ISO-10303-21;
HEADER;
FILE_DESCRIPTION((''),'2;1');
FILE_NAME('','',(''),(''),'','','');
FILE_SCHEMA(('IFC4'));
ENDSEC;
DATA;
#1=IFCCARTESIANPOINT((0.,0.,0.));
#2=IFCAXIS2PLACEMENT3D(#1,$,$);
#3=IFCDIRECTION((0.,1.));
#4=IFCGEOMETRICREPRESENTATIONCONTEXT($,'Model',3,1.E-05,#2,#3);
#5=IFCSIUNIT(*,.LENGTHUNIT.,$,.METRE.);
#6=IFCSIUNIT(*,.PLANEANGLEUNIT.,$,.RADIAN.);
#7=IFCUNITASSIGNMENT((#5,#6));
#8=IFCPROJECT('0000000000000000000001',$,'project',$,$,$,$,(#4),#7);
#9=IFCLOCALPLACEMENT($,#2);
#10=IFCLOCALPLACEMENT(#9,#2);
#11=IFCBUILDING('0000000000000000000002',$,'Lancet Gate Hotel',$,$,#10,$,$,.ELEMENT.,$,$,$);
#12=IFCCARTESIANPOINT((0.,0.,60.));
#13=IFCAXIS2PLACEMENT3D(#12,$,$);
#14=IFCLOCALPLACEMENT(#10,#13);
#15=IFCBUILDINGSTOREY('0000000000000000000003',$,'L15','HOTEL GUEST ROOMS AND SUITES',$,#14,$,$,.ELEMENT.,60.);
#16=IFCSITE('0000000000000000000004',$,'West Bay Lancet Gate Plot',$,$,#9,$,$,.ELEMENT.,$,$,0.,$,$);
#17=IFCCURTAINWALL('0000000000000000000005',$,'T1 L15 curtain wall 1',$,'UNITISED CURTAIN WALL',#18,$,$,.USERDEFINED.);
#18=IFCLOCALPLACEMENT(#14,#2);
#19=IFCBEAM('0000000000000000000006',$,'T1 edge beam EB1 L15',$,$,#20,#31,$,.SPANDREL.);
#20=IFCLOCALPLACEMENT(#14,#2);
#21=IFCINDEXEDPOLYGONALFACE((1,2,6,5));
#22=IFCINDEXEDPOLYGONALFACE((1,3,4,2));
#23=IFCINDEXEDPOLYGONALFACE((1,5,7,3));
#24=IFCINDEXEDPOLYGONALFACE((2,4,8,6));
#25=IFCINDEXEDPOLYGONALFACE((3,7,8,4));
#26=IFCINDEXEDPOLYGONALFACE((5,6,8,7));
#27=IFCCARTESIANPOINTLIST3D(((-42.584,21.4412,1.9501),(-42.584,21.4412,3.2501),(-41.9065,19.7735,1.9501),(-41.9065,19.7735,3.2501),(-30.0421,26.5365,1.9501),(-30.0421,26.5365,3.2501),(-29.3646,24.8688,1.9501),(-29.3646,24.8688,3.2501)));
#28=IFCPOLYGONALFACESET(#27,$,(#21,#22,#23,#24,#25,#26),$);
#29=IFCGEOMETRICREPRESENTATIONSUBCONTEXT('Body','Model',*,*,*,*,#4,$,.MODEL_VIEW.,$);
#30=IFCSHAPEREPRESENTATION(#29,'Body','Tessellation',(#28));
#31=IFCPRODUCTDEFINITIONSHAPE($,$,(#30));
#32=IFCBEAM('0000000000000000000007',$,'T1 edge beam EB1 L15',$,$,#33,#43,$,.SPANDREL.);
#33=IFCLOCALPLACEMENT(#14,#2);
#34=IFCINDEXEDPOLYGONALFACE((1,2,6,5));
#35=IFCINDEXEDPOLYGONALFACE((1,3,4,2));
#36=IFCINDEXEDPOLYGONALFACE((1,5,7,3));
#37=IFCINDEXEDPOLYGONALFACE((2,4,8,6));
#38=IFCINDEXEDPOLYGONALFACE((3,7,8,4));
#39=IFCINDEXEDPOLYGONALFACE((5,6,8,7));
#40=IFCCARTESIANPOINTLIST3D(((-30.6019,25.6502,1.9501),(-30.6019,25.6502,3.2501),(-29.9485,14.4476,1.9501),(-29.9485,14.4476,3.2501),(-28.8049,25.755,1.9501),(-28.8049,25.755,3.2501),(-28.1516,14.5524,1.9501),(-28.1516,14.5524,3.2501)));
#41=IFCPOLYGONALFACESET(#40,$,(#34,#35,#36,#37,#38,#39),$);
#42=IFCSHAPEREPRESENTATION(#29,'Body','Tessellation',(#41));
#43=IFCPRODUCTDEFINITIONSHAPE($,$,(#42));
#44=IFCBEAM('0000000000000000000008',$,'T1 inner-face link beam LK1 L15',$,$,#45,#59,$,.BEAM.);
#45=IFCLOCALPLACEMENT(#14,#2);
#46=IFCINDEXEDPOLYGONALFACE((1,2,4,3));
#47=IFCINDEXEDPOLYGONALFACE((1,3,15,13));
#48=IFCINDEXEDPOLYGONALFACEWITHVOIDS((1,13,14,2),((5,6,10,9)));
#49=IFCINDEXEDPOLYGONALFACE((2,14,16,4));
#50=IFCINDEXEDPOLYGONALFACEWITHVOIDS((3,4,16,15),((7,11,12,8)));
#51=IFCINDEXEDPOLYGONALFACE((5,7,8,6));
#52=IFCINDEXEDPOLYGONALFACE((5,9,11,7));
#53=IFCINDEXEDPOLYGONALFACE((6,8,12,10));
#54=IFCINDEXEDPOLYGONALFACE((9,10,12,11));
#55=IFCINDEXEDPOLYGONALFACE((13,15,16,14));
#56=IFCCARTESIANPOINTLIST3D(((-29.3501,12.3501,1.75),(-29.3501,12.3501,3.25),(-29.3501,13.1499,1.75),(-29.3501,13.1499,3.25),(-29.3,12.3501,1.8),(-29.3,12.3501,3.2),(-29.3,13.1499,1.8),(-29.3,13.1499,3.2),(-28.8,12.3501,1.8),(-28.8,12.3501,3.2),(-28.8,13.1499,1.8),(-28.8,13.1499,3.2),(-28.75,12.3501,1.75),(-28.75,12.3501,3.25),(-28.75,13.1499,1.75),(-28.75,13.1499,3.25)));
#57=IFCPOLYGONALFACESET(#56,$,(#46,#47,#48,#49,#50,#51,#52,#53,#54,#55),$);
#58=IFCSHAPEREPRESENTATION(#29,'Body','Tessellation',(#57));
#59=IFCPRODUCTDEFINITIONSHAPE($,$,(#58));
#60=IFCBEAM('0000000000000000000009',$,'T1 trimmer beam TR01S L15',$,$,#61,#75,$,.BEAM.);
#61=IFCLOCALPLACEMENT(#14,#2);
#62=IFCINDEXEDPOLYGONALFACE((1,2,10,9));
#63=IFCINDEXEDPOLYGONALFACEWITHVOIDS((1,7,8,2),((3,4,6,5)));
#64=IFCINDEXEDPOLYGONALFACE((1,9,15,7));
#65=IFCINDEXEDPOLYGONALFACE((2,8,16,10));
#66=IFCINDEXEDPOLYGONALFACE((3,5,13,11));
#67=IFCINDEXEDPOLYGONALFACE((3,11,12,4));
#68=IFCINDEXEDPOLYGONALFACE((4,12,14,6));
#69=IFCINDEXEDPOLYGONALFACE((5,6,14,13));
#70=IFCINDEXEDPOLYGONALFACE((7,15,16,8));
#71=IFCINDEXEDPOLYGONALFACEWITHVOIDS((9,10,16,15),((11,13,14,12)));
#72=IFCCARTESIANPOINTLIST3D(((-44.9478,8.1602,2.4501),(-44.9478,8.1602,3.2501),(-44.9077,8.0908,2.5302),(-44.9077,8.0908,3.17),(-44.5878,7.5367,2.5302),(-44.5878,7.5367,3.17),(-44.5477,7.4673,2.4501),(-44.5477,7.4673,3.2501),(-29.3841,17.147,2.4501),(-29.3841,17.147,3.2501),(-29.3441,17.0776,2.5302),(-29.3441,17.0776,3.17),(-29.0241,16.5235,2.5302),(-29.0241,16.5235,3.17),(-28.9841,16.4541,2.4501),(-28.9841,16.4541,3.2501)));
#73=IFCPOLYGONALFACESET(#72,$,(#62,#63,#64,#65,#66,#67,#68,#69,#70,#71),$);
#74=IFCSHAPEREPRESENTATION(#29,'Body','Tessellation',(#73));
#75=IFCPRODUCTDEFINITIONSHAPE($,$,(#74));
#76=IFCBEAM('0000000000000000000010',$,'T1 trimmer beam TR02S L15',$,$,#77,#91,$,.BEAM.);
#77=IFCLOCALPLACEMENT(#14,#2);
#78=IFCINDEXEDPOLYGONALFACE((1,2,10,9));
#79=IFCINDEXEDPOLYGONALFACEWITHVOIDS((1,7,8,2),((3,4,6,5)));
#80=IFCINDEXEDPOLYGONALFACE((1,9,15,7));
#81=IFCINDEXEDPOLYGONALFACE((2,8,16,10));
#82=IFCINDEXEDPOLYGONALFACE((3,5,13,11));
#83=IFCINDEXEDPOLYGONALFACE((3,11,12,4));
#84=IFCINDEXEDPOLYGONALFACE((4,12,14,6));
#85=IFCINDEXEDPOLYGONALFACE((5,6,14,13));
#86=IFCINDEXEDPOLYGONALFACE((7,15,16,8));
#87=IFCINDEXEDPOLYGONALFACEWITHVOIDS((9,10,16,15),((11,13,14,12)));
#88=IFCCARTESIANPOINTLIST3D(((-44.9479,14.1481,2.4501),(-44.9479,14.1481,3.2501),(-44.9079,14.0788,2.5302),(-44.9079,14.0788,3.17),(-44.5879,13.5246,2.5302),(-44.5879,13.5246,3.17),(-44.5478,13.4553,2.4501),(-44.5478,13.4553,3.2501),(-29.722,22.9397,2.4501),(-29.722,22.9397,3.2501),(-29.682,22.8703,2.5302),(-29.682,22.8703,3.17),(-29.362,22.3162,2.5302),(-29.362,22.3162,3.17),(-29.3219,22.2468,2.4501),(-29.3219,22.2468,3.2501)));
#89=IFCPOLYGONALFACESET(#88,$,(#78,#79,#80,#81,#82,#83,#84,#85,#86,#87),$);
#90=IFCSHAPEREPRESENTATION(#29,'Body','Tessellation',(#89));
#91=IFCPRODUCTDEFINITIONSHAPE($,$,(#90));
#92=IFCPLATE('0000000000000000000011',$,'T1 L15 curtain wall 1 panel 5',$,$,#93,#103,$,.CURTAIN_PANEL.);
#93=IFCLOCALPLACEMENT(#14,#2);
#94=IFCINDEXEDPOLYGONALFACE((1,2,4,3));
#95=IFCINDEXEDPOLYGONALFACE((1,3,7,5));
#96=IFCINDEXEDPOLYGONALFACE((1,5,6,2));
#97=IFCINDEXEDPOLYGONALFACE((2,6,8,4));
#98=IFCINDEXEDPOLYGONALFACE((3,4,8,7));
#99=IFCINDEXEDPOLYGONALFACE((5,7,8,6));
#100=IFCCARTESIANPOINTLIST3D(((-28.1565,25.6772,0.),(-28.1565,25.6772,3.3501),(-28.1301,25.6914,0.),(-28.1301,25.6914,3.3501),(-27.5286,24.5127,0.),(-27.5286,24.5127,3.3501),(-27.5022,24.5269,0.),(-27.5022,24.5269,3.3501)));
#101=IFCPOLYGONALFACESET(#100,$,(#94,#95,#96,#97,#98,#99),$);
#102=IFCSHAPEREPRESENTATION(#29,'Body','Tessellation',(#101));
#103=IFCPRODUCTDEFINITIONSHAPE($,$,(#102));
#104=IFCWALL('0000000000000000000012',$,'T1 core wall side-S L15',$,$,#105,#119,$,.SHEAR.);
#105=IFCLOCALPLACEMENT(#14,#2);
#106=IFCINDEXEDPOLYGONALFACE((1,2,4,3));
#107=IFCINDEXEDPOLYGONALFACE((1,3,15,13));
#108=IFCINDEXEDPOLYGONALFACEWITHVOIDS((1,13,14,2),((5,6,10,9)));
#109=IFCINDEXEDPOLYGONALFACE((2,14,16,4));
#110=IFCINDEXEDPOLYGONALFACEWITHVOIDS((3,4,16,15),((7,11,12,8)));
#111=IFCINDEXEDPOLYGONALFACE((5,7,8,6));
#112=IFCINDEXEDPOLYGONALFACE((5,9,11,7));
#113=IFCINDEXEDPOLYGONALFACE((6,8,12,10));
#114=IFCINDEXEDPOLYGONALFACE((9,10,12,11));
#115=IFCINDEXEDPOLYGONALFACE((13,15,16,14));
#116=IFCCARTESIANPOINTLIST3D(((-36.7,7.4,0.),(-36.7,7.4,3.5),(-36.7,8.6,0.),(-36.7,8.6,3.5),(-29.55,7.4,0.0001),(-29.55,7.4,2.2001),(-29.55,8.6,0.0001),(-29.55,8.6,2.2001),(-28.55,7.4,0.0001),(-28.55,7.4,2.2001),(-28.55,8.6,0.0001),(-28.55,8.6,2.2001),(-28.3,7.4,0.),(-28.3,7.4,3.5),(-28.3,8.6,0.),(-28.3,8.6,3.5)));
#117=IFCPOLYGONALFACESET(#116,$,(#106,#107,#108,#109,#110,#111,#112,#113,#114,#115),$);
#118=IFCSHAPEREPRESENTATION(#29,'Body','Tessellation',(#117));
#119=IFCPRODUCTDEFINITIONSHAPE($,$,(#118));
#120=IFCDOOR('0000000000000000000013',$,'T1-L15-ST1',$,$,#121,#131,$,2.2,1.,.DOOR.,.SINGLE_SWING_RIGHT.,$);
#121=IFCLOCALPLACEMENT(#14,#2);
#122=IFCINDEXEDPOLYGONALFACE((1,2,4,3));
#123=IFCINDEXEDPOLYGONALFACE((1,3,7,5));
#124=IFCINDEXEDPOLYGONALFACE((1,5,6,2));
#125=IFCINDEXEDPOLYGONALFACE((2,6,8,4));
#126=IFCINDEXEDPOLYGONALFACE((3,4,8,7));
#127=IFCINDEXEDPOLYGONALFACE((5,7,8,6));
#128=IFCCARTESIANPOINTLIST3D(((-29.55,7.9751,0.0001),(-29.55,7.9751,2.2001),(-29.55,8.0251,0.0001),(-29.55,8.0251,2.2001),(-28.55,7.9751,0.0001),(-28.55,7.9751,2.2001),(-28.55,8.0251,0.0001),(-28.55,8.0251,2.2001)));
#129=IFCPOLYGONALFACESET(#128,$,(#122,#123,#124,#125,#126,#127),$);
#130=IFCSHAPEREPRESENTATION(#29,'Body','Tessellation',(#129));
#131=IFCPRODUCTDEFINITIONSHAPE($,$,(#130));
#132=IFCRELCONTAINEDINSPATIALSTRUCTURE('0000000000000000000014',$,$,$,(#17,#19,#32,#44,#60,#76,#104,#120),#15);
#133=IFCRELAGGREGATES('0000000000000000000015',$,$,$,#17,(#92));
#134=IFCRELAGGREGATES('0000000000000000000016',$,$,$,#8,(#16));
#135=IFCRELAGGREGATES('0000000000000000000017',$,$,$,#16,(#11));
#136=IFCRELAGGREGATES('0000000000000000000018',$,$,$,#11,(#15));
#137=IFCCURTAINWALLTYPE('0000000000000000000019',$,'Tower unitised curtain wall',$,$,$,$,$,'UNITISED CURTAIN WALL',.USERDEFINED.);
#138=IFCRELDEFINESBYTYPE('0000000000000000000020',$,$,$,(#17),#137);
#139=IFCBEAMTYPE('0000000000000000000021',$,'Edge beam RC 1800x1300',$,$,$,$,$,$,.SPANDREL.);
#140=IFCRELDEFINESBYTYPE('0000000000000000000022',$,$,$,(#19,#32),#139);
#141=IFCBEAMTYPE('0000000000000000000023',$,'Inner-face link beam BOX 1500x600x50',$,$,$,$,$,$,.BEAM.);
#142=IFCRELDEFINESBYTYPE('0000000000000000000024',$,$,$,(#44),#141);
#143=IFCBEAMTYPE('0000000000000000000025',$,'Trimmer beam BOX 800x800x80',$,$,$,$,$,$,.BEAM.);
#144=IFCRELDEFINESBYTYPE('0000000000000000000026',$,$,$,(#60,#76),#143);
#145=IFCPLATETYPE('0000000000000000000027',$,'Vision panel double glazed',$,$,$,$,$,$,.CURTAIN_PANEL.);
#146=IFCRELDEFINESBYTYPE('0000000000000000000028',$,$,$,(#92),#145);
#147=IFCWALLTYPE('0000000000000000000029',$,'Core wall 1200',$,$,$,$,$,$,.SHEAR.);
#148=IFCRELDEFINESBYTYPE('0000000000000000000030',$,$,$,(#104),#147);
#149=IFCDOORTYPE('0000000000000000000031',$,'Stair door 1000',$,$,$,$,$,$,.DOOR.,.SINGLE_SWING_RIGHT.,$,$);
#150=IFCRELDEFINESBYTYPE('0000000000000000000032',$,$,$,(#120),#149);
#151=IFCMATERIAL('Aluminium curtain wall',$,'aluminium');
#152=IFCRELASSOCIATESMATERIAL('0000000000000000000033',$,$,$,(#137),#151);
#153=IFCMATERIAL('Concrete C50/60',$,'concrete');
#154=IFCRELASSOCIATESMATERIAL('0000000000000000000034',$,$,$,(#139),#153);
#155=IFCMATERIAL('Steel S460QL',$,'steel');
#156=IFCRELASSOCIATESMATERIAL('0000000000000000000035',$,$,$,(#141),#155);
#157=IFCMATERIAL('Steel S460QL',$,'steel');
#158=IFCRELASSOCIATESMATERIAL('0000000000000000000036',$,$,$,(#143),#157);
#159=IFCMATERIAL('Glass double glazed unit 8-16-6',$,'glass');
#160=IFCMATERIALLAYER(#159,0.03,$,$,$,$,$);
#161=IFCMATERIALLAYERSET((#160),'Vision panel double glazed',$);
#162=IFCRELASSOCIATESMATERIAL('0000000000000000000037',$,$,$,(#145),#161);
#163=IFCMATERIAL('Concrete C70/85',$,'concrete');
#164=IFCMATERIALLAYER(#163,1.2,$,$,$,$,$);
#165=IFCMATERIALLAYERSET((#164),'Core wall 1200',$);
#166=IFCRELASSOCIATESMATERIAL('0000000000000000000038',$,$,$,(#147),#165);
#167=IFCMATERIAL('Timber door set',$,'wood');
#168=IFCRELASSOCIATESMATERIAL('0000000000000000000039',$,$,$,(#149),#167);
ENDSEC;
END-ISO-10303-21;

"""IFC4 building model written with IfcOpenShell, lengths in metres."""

from ifc_helpers import new_model, si_unit, direction, frame, frame_2d, origin, origin_2d, place, context, subcontext, project, spatial, rectangle, hollow_rectangle, extrude, material, layer, layer_set, material_profile, profile_set, type_object, element, fill, aggregate, save


model = new_model("IFC4")

# Units and contexts
model_context = context("Model", 3, precision=1e-05, world=origin(), true_north=direction((0.0, 1.0)))
body_context = subcontext(model_context, "Body", "Model", "MODEL_VIEW")
ifc_project = project(units=[si_unit("LENGTHUNIT", "METRE"), si_unit("PLANEANGLEUNIT", "RADIAN")], contexts=[model_context])

# Site, building, storey
site_placement = place(None, origin())
site = spatial("IfcSite", under=ifc_project, at=site_placement, Name="West Bay Lancet Gate Plot", CompositionType="ELEMENT", RefElevation=0.0)
building_placement = place(site_placement, origin())
building = spatial("IfcBuilding", under=site, at=building_placement, Name="Lancet Gate Hotel", CompositionType="ELEMENT")
storey_placement = place(building_placement, frame((0.0, 0.0, 60.0)))
storey = spatial("IfcBuildingStorey", under=building, at=storey_placement, Name="L15", Description="HOTEL GUEST ROOMS AND SUITES", CompositionType="ELEMENT", Elevation=60.0)

# Curtain wall
ifc_material_1 = material(Name="Aluminium curtain wall", Category="aluminium")
curtain_wall_type = type_object("IfcCurtainWallType", Name="Tower unitised curtain wall", ElementType="UNITISED CURTAIN WALL", PredefinedType="USERDEFINED", material=ifc_material_1)
curtain_wall_placement = place(storey_placement, origin())
curtain_wall = element("IfcCurtainWall", 1, at=curtain_wall_placement, inside=storey, type_object=curtain_wall_type, Name="T1 L15 curtain wall 1", ObjectType="UNITISED CURTAIN WALL", PredefinedType="USERDEFINED")

# Beams
ifc_material_2 = material(Name="Concrete C50/60", Category="concrete")
ifc_material_profile_1 = material_profile(ifc_material_2, rectangle(XDim=1.8, YDim=1.3, at=origin_2d()), Name="RC 1800x1300")
ifc_profile_set_1 = profile_set([ifc_material_profile_1], Name="Concrete C50/60")
beam_type_1 = type_object("IfcBeamType", Name="Edge beam RC 1800x1300", PredefinedType="SPANDREL", material=ifc_profile_set_1)
beam_1_placement = place(storey_placement, frame((-29.7034, 25.7026, 2.6001), z_axis=(-0.926463, -0.376385, 0.0), x_axis=(0.376385, -0.926463, 0.0)))
element("IfcBeam", 2, at=beam_1_placement, inside=storey, type_object=beam_type_1, Name="T1 edge beam EB1 L15", PredefinedType="SPANDREL", context=body_context, shape_type="SweptSolid", body=[
    extrude(rectangle(XDim=1.8, YDim=1.3, at=origin_2d()), origin(), (0.0, 0.0, 1.0), 13.5374),
])
beam_2_placement = place(storey_placement, frame((-29.7034, 25.7026, 2.6001), z_axis=(0.05822, -0.998304, 0.0), x_axis=(0.998304, 0.05822, 0.0)))
element("IfcBeam", 3, at=beam_2_placement, inside=storey, type_object=beam_type_1, Name="T1 edge beam EB1 L15", PredefinedType="SPANDREL", context=body_context, shape_type="SweptSolid", body=[
    extrude(rectangle(XDim=1.8, YDim=1.3, at=origin_2d()), origin(), (0.0, 0.0, 1.0), 11.2217),
])
ifc_material_3 = material(Name="Steel S460QL", Category="steel")
ifc_material_profile_2 = material_profile(ifc_material_3, hollow_rectangle(XDim=0.6001, YDim=1.5, WallThickness=0.05, at=origin_2d()), Name="BOX 1500x600x50")
ifc_profile_set_2 = profile_set([ifc_material_profile_2], Name="Steel S460QL")
beam_type_2 = type_object("IfcBeamType", Name="Inner-face link beam BOX 1500x600x50", PredefinedType="BEAM", material=ifc_profile_set_2)
beam_3_placement = place(storey_placement, frame((-29.05, 13.1499, 2.5), z_axis=(0.0, -1.0, 0.0), x_axis=(1.0, 0.0, 0.0)))
element("IfcBeam", 4, at=beam_3_placement, inside=storey, type_object=beam_type_2, Name="T1 inner-face link beam LK1 L15", PredefinedType="BEAM", context=body_context, shape_type="SweptSolid", body=[
    extrude(hollow_rectangle(XDim=0.6001, YDim=1.5, WallThickness=0.05, at=origin_2d()), origin(), (0.0, 0.0, 1.0), 0.7998),
])
ifc_material_4 = material(Name="Steel S460QL", Category="steel")
ifc_material_profile_3 = material_profile(ifc_material_4, hollow_rectangle(XDim=0.8, YDim=0.8, WallThickness=0.0801, at=origin_2d()), Name="BOX 800x800x80")
ifc_profile_set_3 = profile_set([ifc_material_profile_3], Name="Steel S460QL")
beam_type_3 = type_object("IfcBeamType", Name="Trimmer beam BOX 800x800x80", PredefinedType="BEAM", material=ifc_profile_set_3)
beam_4_placement = place(storey_placement, frame((-29.1841, 16.8005, 2.8501), z_axis=(-0.865999, -0.500046, 0.0), x_axis=(0.500046, -0.865999, 0.0)))
element("IfcBeam", 5, at=beam_4_placement, inside=storey, type_object=beam_type_3, Name="T1 trimmer beam TR01S L15", PredefinedType="BEAM", context=body_context, shape_type="SweptSolid", body=[
    extrude(hollow_rectangle(XDim=0.8, YDim=0.8, WallThickness=0.0801, at=origin_2d()), origin(), (0.0, 0.0, 1.0), 17.9719),
])
beam_5_placement = place(storey_placement, frame((-29.522, 22.5933, 2.8501), z_axis=(-0.866004, -0.500037, 0.0), x_axis=(0.500037, -0.866004, 0.0)))
element("IfcBeam", 6, at=beam_5_placement, inside=storey, type_object=beam_type_3, Name="T1 trimmer beam TR02S L15", PredefinedType="BEAM", context=body_context, shape_type="SweptSolid", body=[
    extrude(hollow_rectangle(XDim=0.8, YDim=0.8, WallThickness=0.0801, at=origin_2d()), origin(), (0.0, 0.0, 1.0), 17.5818),
])

# Plate
ifc_material_5 = material(Name="Glass double glazed unit 8-16-6", Category="glass")
ifc_layer_1 = layer(ifc_material_5, 0.03)
ifc_layer_set_1 = layer_set([ifc_layer_1], Name="Vision panel double glazed")
plate_type = type_object("IfcPlateType", Name="Vision panel double glazed", PredefinedType="CURTAIN_PANEL", material=ifc_layer_set_1)
plate_placement = place(storey_placement, frame((-27.8293, 25.1021, 0.0), z_axis=(0.0, 0.0, 1.0), x_axis=(-0.474631, 0.880185, 0.0)))
plate = element("IfcPlate", 7, at=plate_placement, type_object=plate_type, Name="T1 L15 curtain wall 1 panel 5", PredefinedType="CURTAIN_PANEL", context=body_context, shape_type="SweptSolid", body=[
    extrude(rectangle(XDim=1.323, YDim=0.03, at=origin_2d()), origin(), (0.0, 0.0, 1.0), 3.3501),
])
aggregate(curtain_wall, [plate])

# Wall, opening, door
ifc_material_6 = material(Name="Concrete C70/85", Category="concrete")
ifc_layer_2 = layer(ifc_material_6, 1.2)
ifc_layer_set_2 = layer_set([ifc_layer_2], Name="Core wall 1200")
wall_type_1 = type_object("IfcWallType", Name="Core wall 1200", PredefinedType="SHEAR", material=ifc_layer_set_2)
wall_1_placement = place(storey_placement, frame((-28.3, 8.0, 0.0), z_axis=(0.0, 0.0, 1.0), x_axis=(-1.0, 0.0, 0.0)))
wall_1 = element("IfcWall", 8, at=wall_1_placement, inside=storey, type_object=wall_type_1, Name="T1 core wall side-S L15", PredefinedType="SHEAR", context=body_context, shape_type="SweptSolid", body=[
    extrude(rectangle(XDim=8.3999, YDim=1.2, at=frame_2d((4.2, 0.0))), origin(), (0.0, 0.0, 1.0), 3.5),
])
opening_1_placement = place(wall_1_placement, frame((0.25, 0.0, 0.0)))
opening_1 = element("IfcOpeningElement", 9, at=opening_1_placement, cuts=wall_1, PredefinedType="OPENING", context=body_context, shape_type="SweptSolid", body=[
    extrude(rectangle(XDim=1.0, YDim=2.2, at=frame_2d((0.5, 1.1001))), frame((0.0, 0.6099, 0.0), z_axis=(0.0, -1.0, 0.0), x_axis=(1.0, 0.0, 0.0)), (0.0, 0.0, 1.0), 1.22),
])
ifc_material_7 = material(Name="Timber door set", Category="wood")
door_type = type_object("IfcDoorType", Name="Stair door 1000", OperationType="SINGLE_SWING_RIGHT", PredefinedType="DOOR", material=ifc_material_7)
door_placement = place(opening_1_placement, origin())
door = element("IfcDoor", 10, at=door_placement, inside=storey, type_object=door_type, Name="T1-L15-ST1", OperationType="SINGLE_SWING_RIGHT", OverallHeight=2.2, OverallWidth=1.0, PredefinedType="DOOR", context=body_context, shape_type="SweptSolid", body=[
    extrude(rectangle(XDim=1.0, YDim=2.2, at=frame_2d((0.5, 1.1001))), frame((0.0, 0.0249, 0.0), z_axis=(0.0, -1.0, 0.0), x_axis=(1.0, 0.0, 0.0)), (0.0, 0.0, 1.0), 0.05),
])
fill(opening_1, door)

save(model, "model.ifc")
